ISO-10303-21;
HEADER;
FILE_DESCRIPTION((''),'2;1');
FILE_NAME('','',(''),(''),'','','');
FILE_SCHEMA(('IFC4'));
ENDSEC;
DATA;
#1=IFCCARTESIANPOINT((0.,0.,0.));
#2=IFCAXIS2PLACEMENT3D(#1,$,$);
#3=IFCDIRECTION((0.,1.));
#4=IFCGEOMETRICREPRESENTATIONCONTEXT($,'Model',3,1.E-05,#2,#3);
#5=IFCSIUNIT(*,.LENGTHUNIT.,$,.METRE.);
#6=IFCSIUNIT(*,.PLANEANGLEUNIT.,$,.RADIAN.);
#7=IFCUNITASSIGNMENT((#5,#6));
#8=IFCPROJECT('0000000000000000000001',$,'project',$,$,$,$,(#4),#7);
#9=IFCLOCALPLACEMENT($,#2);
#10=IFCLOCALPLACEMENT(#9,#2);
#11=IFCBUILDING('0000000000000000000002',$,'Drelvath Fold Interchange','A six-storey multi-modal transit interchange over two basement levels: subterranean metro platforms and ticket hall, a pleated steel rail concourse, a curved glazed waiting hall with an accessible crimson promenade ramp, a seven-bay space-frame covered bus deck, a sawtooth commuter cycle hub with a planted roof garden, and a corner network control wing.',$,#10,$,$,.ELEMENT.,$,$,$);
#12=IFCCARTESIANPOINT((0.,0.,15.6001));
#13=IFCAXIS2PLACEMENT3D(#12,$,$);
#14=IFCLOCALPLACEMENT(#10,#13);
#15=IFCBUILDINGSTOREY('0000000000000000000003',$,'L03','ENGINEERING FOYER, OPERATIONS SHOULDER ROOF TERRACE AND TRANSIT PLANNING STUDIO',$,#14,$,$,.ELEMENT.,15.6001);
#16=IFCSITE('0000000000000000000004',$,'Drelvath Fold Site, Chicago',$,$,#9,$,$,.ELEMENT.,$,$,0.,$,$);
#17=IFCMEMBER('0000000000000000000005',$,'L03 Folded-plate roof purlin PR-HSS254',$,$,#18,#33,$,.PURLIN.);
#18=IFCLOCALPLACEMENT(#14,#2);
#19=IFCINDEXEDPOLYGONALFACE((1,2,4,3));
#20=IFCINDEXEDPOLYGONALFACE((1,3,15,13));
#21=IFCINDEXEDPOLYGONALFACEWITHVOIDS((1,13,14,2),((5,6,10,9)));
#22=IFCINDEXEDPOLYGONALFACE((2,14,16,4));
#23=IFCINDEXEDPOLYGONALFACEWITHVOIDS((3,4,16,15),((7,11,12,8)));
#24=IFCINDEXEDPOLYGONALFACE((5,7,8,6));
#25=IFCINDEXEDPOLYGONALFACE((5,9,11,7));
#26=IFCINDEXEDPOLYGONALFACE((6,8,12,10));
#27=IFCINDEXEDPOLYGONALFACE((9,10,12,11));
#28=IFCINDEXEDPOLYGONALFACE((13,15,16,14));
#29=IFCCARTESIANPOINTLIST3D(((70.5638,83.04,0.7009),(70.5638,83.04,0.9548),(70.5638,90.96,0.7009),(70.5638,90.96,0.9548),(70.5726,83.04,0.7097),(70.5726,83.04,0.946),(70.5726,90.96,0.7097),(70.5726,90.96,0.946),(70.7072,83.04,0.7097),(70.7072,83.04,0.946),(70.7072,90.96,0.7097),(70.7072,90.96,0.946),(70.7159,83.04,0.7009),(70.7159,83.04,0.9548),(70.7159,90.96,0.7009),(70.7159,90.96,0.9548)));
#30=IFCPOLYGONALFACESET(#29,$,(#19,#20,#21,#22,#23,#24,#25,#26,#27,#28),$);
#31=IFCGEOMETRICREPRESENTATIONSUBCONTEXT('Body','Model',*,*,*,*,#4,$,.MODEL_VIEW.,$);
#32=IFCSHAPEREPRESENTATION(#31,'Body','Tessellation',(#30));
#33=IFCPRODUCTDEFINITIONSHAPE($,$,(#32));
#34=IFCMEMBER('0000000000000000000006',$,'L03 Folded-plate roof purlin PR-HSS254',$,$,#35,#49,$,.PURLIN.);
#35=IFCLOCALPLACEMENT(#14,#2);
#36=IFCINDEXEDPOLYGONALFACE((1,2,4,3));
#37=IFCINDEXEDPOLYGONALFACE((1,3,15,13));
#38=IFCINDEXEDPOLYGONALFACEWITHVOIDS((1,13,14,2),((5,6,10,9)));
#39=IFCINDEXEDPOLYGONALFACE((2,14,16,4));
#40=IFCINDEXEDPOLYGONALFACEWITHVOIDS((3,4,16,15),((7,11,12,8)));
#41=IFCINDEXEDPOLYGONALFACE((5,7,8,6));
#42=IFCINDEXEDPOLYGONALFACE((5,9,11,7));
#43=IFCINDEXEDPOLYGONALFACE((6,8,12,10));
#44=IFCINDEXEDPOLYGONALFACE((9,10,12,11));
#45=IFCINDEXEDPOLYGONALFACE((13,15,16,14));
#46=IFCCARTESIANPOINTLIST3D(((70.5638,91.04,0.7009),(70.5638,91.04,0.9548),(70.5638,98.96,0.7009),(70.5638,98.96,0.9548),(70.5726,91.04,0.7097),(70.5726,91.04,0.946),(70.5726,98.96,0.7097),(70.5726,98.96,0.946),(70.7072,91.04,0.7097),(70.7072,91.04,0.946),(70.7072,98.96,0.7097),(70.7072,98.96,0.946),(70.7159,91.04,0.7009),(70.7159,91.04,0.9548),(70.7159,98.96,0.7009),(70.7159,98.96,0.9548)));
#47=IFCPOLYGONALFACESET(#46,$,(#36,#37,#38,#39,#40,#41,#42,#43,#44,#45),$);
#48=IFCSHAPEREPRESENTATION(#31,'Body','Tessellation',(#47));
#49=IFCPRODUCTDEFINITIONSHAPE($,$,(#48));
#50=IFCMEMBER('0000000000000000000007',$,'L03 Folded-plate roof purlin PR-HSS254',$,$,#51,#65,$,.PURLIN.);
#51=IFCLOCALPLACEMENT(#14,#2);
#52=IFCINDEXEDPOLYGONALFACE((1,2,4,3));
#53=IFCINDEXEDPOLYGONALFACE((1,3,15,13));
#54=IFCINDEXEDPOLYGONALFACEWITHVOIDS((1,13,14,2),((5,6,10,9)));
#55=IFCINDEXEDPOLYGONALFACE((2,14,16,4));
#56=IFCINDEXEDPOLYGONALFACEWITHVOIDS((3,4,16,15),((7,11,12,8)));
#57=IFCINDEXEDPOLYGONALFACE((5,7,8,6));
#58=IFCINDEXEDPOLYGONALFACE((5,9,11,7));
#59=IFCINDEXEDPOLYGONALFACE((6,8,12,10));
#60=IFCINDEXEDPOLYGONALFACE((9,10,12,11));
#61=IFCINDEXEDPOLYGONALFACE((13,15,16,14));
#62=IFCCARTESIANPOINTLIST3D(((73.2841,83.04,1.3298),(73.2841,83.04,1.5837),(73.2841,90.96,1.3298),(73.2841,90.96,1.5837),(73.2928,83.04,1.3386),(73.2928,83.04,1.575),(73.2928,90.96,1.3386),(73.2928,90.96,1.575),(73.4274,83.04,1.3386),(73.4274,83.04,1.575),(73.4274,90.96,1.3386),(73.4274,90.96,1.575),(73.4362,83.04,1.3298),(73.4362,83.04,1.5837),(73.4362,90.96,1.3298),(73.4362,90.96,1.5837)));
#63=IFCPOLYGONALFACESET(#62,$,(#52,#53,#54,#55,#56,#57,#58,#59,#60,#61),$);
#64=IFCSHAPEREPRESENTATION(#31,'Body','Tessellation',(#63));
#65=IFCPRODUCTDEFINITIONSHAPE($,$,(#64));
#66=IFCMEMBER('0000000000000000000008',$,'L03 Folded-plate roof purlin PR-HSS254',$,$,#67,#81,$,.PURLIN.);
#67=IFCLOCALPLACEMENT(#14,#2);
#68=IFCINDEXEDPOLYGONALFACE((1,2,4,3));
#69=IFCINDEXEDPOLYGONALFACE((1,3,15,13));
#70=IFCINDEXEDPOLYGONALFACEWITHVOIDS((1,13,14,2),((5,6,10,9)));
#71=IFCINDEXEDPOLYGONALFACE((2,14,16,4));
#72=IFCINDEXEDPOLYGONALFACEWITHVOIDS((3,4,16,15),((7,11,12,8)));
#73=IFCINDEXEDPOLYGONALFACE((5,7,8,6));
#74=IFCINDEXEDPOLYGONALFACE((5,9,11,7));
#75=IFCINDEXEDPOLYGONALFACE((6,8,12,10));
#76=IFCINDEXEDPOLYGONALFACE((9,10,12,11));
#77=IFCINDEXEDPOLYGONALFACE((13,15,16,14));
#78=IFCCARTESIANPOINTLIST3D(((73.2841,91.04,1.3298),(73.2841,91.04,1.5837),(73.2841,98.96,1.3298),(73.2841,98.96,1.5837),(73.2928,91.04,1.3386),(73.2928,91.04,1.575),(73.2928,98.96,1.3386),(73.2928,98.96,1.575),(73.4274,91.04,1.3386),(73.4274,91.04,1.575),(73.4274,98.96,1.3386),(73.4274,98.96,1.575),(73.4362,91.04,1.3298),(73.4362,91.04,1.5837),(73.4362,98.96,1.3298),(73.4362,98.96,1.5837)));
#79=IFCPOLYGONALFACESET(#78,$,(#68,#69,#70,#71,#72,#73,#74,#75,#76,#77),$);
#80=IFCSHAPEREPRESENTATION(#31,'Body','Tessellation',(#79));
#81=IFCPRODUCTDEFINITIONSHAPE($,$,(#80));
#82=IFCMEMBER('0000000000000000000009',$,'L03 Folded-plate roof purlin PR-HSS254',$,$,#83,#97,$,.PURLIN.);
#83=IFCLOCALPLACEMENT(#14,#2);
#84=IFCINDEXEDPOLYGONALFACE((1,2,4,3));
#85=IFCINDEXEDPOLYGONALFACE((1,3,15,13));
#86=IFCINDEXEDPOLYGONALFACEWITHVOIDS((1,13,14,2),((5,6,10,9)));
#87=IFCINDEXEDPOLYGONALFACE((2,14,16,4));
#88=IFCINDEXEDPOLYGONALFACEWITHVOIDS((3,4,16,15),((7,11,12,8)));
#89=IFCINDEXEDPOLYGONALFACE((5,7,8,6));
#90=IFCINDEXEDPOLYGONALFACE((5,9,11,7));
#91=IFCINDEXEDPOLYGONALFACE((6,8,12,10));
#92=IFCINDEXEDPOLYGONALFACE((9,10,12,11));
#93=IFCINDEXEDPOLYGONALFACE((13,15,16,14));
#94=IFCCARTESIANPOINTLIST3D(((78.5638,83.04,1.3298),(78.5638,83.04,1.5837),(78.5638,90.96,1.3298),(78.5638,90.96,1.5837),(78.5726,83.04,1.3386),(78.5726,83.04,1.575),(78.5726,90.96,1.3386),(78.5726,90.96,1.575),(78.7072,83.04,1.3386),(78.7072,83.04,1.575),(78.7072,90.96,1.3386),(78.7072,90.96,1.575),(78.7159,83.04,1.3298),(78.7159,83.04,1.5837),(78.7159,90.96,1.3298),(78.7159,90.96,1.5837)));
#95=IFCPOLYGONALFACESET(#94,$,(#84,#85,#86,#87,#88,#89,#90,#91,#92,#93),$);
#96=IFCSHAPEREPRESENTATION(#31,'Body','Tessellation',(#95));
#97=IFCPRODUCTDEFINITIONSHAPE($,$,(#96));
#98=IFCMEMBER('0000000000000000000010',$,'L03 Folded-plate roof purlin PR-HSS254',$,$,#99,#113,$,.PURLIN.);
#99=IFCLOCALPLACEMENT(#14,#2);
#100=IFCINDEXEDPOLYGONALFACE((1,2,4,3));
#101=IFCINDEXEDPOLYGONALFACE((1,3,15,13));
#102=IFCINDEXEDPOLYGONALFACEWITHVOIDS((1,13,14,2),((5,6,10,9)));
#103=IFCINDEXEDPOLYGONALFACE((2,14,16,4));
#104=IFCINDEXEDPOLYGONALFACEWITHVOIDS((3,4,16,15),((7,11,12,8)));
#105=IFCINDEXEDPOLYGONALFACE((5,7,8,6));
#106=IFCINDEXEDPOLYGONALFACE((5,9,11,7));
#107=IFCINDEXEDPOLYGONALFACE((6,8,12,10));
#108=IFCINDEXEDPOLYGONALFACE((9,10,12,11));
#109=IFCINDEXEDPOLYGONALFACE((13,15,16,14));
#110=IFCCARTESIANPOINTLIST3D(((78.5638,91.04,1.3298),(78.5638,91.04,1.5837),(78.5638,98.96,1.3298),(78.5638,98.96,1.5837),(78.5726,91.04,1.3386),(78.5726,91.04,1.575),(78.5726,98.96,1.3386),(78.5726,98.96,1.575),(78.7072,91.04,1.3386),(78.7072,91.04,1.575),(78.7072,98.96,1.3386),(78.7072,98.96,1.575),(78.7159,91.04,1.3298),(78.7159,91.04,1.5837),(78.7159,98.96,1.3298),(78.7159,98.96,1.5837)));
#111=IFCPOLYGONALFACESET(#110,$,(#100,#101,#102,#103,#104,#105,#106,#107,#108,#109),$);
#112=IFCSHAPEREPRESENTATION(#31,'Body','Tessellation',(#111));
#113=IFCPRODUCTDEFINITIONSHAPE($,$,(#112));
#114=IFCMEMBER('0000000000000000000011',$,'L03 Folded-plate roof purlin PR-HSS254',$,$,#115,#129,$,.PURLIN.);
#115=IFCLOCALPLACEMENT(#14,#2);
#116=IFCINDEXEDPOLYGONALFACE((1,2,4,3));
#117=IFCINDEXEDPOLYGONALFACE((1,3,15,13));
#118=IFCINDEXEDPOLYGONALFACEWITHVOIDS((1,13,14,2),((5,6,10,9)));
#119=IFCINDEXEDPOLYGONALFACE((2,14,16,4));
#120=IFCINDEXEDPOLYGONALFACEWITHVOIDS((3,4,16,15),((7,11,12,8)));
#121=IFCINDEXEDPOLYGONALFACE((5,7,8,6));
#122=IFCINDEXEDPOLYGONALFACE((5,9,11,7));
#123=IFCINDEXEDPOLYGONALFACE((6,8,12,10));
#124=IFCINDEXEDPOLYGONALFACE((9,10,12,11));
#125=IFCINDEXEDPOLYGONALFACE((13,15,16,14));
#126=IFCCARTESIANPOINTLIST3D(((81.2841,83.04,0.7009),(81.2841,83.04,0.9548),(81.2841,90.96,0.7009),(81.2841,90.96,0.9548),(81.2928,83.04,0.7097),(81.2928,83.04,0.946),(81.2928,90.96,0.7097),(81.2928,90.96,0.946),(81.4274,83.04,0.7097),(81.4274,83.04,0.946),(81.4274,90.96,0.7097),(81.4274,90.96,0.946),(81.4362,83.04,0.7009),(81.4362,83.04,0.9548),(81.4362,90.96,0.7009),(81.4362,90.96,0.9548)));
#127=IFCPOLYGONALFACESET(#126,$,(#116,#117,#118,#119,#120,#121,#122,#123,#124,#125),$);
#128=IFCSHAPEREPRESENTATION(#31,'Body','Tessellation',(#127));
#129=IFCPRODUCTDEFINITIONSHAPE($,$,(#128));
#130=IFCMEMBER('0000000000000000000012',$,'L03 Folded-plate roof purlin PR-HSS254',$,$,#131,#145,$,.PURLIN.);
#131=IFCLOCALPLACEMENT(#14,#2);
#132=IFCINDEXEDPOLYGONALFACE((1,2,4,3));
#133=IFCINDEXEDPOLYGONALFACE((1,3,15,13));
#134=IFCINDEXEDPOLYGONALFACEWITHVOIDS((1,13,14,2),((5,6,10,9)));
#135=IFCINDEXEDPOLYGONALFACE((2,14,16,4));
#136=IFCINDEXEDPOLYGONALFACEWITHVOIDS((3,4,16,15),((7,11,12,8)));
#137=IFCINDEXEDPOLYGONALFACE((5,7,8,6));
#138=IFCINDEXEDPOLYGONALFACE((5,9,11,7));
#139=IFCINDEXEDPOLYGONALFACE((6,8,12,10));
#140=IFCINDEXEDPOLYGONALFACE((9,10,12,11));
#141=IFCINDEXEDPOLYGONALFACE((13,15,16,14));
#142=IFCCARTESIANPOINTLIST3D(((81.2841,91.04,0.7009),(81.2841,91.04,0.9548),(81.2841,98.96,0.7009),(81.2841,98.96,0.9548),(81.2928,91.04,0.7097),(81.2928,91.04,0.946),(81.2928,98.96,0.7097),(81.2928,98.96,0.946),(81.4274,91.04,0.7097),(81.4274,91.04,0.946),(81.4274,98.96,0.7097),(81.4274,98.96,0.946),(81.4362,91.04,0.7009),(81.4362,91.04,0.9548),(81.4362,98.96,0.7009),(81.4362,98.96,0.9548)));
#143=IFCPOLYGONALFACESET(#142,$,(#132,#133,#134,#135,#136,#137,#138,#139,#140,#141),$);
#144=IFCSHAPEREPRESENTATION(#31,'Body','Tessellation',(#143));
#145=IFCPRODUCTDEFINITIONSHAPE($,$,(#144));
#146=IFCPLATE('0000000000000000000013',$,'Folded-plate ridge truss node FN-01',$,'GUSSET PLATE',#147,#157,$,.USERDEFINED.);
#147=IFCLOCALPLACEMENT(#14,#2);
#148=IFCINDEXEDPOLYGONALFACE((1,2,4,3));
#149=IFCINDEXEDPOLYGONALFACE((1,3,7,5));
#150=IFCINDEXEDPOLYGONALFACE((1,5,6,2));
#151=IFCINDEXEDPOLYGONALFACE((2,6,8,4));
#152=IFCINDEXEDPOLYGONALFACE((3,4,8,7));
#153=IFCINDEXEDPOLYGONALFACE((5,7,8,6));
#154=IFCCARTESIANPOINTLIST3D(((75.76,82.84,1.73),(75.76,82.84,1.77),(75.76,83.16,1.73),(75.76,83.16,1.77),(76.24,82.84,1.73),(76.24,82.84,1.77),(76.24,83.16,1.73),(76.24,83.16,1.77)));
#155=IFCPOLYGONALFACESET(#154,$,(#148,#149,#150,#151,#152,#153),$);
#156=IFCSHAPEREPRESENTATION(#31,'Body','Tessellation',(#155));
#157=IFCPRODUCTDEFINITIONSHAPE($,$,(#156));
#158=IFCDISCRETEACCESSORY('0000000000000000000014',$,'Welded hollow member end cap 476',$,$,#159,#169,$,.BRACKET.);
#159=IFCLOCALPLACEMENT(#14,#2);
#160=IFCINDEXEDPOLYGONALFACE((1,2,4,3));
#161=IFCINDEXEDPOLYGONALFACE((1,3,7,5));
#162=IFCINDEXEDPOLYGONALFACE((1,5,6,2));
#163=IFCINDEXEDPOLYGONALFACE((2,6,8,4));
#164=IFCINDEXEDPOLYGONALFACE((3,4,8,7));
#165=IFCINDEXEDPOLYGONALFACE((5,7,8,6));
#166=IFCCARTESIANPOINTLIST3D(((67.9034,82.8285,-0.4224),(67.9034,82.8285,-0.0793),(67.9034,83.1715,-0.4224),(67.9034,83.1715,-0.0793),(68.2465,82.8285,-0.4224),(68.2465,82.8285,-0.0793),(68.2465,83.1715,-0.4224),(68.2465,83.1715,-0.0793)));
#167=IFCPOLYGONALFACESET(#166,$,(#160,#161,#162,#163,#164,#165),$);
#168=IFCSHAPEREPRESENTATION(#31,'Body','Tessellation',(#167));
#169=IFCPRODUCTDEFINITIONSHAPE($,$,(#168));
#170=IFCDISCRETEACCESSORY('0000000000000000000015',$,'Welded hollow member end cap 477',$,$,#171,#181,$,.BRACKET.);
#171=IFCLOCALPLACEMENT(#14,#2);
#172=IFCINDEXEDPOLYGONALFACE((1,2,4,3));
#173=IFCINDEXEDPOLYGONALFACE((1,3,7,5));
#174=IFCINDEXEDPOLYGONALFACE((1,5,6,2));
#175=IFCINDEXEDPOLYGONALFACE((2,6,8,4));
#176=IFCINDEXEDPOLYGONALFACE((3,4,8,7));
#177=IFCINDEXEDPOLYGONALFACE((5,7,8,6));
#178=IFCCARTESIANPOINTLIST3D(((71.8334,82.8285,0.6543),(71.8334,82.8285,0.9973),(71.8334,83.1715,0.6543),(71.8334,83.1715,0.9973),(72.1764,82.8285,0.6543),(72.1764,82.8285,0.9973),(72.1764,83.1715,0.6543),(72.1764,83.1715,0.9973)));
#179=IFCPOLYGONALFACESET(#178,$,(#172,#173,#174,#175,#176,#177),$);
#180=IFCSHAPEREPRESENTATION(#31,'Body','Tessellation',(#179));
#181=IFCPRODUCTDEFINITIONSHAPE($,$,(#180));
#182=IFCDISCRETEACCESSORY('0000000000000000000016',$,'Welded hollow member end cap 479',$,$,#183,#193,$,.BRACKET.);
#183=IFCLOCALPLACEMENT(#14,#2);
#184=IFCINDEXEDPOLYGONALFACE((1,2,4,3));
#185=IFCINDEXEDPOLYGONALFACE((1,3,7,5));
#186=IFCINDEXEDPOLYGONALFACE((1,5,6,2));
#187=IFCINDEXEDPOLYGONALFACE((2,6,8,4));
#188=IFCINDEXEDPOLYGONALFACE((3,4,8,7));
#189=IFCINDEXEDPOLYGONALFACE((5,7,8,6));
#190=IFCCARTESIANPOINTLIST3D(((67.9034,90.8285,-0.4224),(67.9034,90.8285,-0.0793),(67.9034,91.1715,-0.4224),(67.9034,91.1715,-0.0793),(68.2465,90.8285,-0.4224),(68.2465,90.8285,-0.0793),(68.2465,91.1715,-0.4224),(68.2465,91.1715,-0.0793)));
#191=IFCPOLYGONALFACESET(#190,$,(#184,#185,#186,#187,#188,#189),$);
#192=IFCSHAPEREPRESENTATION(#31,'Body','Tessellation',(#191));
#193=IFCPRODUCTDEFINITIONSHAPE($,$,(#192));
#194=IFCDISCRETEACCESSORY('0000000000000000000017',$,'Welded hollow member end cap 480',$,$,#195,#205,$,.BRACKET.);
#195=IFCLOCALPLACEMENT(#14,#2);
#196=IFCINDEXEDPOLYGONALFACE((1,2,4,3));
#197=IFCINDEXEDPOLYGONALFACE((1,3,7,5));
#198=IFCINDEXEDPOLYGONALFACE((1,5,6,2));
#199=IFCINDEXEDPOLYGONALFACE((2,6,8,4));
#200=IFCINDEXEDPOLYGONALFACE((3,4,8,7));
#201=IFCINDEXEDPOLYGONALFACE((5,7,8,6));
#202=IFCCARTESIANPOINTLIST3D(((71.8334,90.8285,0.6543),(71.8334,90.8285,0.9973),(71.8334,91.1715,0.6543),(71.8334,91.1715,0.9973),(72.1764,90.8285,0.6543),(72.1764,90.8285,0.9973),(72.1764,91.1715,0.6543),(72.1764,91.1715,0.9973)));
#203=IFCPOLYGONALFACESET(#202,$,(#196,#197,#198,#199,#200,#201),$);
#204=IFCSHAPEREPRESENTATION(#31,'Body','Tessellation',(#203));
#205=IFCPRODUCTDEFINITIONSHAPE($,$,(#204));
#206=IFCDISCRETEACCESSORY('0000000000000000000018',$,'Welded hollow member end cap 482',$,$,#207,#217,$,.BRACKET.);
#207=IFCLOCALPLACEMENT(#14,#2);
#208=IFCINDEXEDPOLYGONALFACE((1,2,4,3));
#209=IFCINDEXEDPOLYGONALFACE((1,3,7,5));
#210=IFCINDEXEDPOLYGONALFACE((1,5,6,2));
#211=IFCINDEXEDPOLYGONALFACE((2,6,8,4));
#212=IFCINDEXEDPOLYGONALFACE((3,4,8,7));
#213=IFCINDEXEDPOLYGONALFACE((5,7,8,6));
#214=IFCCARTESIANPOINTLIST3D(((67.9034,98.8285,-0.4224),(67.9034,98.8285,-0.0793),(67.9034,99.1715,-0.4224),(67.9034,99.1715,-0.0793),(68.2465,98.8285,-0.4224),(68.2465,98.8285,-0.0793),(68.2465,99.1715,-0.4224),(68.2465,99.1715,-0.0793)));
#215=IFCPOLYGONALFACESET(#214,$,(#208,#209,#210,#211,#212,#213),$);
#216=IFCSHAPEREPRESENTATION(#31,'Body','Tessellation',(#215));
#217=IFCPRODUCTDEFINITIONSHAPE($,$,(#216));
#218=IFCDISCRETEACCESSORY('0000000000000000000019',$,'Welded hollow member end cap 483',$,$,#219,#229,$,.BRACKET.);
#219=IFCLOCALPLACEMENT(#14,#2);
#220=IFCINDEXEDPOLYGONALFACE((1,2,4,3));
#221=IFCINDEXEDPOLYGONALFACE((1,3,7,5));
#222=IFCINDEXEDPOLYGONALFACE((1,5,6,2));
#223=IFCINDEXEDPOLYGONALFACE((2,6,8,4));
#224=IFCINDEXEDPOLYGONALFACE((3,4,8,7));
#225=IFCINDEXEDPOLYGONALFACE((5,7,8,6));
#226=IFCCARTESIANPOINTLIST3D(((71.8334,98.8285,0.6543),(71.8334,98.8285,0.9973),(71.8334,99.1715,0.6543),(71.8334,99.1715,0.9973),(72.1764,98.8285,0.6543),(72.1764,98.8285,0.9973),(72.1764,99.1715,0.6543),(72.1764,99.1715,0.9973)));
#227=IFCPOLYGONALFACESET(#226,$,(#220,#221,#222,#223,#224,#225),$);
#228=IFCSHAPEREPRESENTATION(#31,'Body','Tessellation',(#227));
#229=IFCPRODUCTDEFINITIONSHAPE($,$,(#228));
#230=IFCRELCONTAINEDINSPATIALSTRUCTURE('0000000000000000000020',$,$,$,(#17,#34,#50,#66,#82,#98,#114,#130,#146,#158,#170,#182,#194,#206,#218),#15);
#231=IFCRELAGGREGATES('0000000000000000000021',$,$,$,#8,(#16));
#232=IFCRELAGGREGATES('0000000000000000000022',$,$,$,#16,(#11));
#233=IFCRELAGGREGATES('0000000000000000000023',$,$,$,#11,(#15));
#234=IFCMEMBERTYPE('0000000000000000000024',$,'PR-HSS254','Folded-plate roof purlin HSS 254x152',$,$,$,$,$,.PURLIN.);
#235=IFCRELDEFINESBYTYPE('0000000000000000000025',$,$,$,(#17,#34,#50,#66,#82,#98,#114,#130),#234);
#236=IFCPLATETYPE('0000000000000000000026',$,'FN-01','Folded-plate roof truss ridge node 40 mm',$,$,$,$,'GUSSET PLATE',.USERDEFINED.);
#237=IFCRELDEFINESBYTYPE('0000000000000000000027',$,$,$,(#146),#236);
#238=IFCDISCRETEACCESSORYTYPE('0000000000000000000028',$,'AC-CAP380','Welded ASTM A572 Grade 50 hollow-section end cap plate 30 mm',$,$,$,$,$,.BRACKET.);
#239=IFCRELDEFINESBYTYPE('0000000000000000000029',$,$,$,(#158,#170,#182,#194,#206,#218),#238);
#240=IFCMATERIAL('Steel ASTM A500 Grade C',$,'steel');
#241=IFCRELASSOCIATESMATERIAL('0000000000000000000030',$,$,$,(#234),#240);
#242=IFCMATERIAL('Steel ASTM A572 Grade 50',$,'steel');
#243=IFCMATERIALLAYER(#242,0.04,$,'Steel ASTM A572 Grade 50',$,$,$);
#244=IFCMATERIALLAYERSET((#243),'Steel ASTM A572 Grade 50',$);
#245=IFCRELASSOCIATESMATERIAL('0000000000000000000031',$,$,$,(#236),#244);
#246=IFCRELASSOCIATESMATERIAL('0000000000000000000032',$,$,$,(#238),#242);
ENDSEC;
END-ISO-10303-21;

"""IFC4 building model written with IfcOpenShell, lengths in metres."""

from ifc_helpers import new_model, si_unit, direction, frame, origin, origin_2d, place, context, subcontext, project, spatial, rectangle, hollow_rectangle, extrude, material, layer, layer_set, material_profile, profile_set, type_object, element, save


model = new_model("IFC4")

# Units and contexts
model_context = context("Model", 3, precision=1e-05, world=origin(), true_north=direction((0.0, 1.0)))
body_context = subcontext(model_context, "Body", "Model", "MODEL_VIEW")
ifc_project = project(units=[si_unit("LENGTHUNIT", "METRE"), si_unit("PLANEANGLEUNIT", "RADIAN")], contexts=[model_context])

# Site, building, storey
site_placement = place(None, origin())
site = spatial("IfcSite", under=ifc_project, at=site_placement, Name="Drelvath Fold Site, Chicago", CompositionType="ELEMENT", RefElevation=0.0)
building_placement = place(site_placement, origin())
building = spatial("IfcBuilding", under=site, at=building_placement, Name="Drelvath Fold Interchange", Description="A six-storey multi-modal transit interchange over two basement levels: subterranean metro platforms and ticket hall, a pleated steel rail concourse, a curved glazed waiting hall with an accessible crimson promenade ramp, a seven-bay space-frame covered bus deck, a sawtooth commuter cycle hub with a planted roof garden, and a corner network control wing.", CompositionType="ELEMENT")
storey_placement = place(building_placement, frame((0.0, 0.0, 15.6001)))
storey = spatial("IfcBuildingStorey", under=building, at=storey_placement, Name="L03", Description="ENGINEERING FOYER, OPERATIONS SHOULDER ROOF TERRACE AND TRANSIT PLANNING STUDIO", CompositionType="ELEMENT", Elevation=15.6001)

# Members
ifc_material_1 = material(Name="Steel ASTM A500 Grade C", Category="steel")
ifc_material_profile_1 = material_profile(ifc_material_1, hollow_rectangle(XDim=0.1521, YDim=0.2539, WallThickness=0.0088, at=origin_2d()), Name="HSS10X6X3/8")
ifc_profile_set_1 = profile_set([ifc_material_profile_1], Name="Steel ASTM A500 Grade C")
member_type_1 = type_object("IfcMemberType", Name="PR-HSS254", Description="Folded-plate roof purlin HSS 254x152", PredefinedType="PURLIN", material=ifc_profile_set_1)
for number, where, z_axis, x_axis, name in (
    (1, (70.6399, 83.04, 0.8279), (0.0, 1.0, 0.0), (-1.0, 0.0, 0.0), "L03 Folded-plate roof purlin PR-HSS254"),
    (2, (70.6399, 91.04, 0.8279), (0.0, 1.0, 0.0), (-1.0, 0.0, 0.0), "L03 Folded-plate roof purlin PR-HSS254"),
    (3, (73.3601, 83.04, 1.4568), (0.0, 1.0, 0.0), (-1.0, 0.0, 0.0), "L03 Folded-plate roof purlin PR-HSS254"),
    (4, (73.3601, 91.04, 1.4568), (0.0, 1.0, 0.0), (-1.0, 0.0, 0.0), "L03 Folded-plate roof purlin PR-HSS254"),
    (5, (78.6399, 83.04, 1.4568), (0.0, 1.0, 0.0), (-1.0, 0.0, 0.0), "L03 Folded-plate roof purlin PR-HSS254"),
    (6, (78.6399, 91.04, 1.4568), (0.0, 1.0, 0.0), (-1.0, 0.0, 0.0), "L03 Folded-plate roof purlin PR-HSS254"),
    (7, (81.3601, 83.04, 0.8279), (0.0, 1.0, 0.0), (-1.0, 0.0, 0.0), "L03 Folded-plate roof purlin PR-HSS254"),
    (8, (81.3601, 91.04, 0.8279), (0.0, 1.0, 0.0), (-1.0, 0.0, 0.0), "L03 Folded-plate roof purlin PR-HSS254"),
):
    element("IfcMember", number, at=place(storey_placement, frame(where, z_axis=z_axis, x_axis=x_axis)), inside=storey, type_object=member_type_1, Name=name, PredefinedType="PURLIN", context=body_context, shape_type="SweptSolid", body=[
        extrude(hollow_rectangle(XDim=0.1521, YDim=0.2539, WallThickness=0.0088, at=origin_2d()), origin(), (0.0, 0.0, 1.0), 7.9199),
    ])

# Plate
ifc_material_2 = material(Name="Steel ASTM A572 Grade 50", Category="steel")
ifc_layer = layer(ifc_material_2, 0.04, Name="Steel ASTM A572 Grade 50")
ifc_layer_set = layer_set([ifc_layer], Name="Steel ASTM A572 Grade 50")
plate_type = type_object("IfcPlateType", Name="FN-01", Description="Folded-plate roof truss ridge node 40 mm", ElementType="GUSSET PLATE", PredefinedType="USERDEFINED", material=ifc_layer_set)
plate_placement = place(storey_placement, frame((76.0, 83.0, 1.73), z_axis=(0.0, 0.0, 1.0), x_axis=(1.0, 0.0, 0.0)))
element("IfcPlate", 9, at=plate_placement, inside=storey, type_object=plate_type, Name="Folded-plate ridge truss node FN-01", ObjectType="GUSSET PLATE", PredefinedType="USERDEFINED", context=body_context, shape_type="SweptSolid", body=[
    extrude(rectangle(XDim=0.48, YDim=0.3201, at=origin_2d()), origin(), (0.0, 0.0, 1.0), 0.04),
])

# Discrete accessories
discrete_accessory_type = type_object("IfcDiscreteAccessoryType", Name="AC-CAP380", Description="Welded ASTM A572 Grade 50 hollow-section end cap plate 30 mm", PredefinedType="BRACKET", material=ifc_material_2)
for number, where, z_axis, x_axis, name in (
    (10, (68.075, 83.0, -0.4224), (0.0, 0.0, 1.0), (1.0, 0.0, 0.0), "Welded hollow member end cap 476"),
    (11, (72.0049, 83.0, 0.6543), (0.0, 0.0, 1.0), (1.0, 0.0, 0.0), "Welded hollow member end cap 477"),
    (12, (68.075, 91.0, -0.4224), (0.0, 0.0, 1.0), (1.0, 0.0, 0.0), "Welded hollow member end cap 479"),
    (13, (72.0049, 91.0, 0.6543), (0.0, 0.0, 1.0), (1.0, 0.0, 0.0), "Welded hollow member end cap 480"),
    (14, (68.075, 99.0, -0.4224), (0.0, 0.0, 1.0), (1.0, 0.0, 0.0), "Welded hollow member end cap 482"),
    (15, (72.0049, 99.0, 0.6543), (0.0, 0.0, 1.0), (1.0, 0.0, 0.0), "Welded hollow member end cap 483"),
):
    element("IfcDiscreteAccessory", number, at=place(storey_placement, frame(where, z_axis=z_axis, x_axis=x_axis)), inside=storey, type_object=discrete_accessory_type, Name=name, PredefinedType="BRACKET", context=body_context, shape_type="SweptSolid", body=[
        extrude(rectangle(XDim=0.343, YDim=0.343, at=origin_2d()), origin(), (0.0, 0.0, 1.0), 0.343),
    ])

save(model, "model.ifc")
